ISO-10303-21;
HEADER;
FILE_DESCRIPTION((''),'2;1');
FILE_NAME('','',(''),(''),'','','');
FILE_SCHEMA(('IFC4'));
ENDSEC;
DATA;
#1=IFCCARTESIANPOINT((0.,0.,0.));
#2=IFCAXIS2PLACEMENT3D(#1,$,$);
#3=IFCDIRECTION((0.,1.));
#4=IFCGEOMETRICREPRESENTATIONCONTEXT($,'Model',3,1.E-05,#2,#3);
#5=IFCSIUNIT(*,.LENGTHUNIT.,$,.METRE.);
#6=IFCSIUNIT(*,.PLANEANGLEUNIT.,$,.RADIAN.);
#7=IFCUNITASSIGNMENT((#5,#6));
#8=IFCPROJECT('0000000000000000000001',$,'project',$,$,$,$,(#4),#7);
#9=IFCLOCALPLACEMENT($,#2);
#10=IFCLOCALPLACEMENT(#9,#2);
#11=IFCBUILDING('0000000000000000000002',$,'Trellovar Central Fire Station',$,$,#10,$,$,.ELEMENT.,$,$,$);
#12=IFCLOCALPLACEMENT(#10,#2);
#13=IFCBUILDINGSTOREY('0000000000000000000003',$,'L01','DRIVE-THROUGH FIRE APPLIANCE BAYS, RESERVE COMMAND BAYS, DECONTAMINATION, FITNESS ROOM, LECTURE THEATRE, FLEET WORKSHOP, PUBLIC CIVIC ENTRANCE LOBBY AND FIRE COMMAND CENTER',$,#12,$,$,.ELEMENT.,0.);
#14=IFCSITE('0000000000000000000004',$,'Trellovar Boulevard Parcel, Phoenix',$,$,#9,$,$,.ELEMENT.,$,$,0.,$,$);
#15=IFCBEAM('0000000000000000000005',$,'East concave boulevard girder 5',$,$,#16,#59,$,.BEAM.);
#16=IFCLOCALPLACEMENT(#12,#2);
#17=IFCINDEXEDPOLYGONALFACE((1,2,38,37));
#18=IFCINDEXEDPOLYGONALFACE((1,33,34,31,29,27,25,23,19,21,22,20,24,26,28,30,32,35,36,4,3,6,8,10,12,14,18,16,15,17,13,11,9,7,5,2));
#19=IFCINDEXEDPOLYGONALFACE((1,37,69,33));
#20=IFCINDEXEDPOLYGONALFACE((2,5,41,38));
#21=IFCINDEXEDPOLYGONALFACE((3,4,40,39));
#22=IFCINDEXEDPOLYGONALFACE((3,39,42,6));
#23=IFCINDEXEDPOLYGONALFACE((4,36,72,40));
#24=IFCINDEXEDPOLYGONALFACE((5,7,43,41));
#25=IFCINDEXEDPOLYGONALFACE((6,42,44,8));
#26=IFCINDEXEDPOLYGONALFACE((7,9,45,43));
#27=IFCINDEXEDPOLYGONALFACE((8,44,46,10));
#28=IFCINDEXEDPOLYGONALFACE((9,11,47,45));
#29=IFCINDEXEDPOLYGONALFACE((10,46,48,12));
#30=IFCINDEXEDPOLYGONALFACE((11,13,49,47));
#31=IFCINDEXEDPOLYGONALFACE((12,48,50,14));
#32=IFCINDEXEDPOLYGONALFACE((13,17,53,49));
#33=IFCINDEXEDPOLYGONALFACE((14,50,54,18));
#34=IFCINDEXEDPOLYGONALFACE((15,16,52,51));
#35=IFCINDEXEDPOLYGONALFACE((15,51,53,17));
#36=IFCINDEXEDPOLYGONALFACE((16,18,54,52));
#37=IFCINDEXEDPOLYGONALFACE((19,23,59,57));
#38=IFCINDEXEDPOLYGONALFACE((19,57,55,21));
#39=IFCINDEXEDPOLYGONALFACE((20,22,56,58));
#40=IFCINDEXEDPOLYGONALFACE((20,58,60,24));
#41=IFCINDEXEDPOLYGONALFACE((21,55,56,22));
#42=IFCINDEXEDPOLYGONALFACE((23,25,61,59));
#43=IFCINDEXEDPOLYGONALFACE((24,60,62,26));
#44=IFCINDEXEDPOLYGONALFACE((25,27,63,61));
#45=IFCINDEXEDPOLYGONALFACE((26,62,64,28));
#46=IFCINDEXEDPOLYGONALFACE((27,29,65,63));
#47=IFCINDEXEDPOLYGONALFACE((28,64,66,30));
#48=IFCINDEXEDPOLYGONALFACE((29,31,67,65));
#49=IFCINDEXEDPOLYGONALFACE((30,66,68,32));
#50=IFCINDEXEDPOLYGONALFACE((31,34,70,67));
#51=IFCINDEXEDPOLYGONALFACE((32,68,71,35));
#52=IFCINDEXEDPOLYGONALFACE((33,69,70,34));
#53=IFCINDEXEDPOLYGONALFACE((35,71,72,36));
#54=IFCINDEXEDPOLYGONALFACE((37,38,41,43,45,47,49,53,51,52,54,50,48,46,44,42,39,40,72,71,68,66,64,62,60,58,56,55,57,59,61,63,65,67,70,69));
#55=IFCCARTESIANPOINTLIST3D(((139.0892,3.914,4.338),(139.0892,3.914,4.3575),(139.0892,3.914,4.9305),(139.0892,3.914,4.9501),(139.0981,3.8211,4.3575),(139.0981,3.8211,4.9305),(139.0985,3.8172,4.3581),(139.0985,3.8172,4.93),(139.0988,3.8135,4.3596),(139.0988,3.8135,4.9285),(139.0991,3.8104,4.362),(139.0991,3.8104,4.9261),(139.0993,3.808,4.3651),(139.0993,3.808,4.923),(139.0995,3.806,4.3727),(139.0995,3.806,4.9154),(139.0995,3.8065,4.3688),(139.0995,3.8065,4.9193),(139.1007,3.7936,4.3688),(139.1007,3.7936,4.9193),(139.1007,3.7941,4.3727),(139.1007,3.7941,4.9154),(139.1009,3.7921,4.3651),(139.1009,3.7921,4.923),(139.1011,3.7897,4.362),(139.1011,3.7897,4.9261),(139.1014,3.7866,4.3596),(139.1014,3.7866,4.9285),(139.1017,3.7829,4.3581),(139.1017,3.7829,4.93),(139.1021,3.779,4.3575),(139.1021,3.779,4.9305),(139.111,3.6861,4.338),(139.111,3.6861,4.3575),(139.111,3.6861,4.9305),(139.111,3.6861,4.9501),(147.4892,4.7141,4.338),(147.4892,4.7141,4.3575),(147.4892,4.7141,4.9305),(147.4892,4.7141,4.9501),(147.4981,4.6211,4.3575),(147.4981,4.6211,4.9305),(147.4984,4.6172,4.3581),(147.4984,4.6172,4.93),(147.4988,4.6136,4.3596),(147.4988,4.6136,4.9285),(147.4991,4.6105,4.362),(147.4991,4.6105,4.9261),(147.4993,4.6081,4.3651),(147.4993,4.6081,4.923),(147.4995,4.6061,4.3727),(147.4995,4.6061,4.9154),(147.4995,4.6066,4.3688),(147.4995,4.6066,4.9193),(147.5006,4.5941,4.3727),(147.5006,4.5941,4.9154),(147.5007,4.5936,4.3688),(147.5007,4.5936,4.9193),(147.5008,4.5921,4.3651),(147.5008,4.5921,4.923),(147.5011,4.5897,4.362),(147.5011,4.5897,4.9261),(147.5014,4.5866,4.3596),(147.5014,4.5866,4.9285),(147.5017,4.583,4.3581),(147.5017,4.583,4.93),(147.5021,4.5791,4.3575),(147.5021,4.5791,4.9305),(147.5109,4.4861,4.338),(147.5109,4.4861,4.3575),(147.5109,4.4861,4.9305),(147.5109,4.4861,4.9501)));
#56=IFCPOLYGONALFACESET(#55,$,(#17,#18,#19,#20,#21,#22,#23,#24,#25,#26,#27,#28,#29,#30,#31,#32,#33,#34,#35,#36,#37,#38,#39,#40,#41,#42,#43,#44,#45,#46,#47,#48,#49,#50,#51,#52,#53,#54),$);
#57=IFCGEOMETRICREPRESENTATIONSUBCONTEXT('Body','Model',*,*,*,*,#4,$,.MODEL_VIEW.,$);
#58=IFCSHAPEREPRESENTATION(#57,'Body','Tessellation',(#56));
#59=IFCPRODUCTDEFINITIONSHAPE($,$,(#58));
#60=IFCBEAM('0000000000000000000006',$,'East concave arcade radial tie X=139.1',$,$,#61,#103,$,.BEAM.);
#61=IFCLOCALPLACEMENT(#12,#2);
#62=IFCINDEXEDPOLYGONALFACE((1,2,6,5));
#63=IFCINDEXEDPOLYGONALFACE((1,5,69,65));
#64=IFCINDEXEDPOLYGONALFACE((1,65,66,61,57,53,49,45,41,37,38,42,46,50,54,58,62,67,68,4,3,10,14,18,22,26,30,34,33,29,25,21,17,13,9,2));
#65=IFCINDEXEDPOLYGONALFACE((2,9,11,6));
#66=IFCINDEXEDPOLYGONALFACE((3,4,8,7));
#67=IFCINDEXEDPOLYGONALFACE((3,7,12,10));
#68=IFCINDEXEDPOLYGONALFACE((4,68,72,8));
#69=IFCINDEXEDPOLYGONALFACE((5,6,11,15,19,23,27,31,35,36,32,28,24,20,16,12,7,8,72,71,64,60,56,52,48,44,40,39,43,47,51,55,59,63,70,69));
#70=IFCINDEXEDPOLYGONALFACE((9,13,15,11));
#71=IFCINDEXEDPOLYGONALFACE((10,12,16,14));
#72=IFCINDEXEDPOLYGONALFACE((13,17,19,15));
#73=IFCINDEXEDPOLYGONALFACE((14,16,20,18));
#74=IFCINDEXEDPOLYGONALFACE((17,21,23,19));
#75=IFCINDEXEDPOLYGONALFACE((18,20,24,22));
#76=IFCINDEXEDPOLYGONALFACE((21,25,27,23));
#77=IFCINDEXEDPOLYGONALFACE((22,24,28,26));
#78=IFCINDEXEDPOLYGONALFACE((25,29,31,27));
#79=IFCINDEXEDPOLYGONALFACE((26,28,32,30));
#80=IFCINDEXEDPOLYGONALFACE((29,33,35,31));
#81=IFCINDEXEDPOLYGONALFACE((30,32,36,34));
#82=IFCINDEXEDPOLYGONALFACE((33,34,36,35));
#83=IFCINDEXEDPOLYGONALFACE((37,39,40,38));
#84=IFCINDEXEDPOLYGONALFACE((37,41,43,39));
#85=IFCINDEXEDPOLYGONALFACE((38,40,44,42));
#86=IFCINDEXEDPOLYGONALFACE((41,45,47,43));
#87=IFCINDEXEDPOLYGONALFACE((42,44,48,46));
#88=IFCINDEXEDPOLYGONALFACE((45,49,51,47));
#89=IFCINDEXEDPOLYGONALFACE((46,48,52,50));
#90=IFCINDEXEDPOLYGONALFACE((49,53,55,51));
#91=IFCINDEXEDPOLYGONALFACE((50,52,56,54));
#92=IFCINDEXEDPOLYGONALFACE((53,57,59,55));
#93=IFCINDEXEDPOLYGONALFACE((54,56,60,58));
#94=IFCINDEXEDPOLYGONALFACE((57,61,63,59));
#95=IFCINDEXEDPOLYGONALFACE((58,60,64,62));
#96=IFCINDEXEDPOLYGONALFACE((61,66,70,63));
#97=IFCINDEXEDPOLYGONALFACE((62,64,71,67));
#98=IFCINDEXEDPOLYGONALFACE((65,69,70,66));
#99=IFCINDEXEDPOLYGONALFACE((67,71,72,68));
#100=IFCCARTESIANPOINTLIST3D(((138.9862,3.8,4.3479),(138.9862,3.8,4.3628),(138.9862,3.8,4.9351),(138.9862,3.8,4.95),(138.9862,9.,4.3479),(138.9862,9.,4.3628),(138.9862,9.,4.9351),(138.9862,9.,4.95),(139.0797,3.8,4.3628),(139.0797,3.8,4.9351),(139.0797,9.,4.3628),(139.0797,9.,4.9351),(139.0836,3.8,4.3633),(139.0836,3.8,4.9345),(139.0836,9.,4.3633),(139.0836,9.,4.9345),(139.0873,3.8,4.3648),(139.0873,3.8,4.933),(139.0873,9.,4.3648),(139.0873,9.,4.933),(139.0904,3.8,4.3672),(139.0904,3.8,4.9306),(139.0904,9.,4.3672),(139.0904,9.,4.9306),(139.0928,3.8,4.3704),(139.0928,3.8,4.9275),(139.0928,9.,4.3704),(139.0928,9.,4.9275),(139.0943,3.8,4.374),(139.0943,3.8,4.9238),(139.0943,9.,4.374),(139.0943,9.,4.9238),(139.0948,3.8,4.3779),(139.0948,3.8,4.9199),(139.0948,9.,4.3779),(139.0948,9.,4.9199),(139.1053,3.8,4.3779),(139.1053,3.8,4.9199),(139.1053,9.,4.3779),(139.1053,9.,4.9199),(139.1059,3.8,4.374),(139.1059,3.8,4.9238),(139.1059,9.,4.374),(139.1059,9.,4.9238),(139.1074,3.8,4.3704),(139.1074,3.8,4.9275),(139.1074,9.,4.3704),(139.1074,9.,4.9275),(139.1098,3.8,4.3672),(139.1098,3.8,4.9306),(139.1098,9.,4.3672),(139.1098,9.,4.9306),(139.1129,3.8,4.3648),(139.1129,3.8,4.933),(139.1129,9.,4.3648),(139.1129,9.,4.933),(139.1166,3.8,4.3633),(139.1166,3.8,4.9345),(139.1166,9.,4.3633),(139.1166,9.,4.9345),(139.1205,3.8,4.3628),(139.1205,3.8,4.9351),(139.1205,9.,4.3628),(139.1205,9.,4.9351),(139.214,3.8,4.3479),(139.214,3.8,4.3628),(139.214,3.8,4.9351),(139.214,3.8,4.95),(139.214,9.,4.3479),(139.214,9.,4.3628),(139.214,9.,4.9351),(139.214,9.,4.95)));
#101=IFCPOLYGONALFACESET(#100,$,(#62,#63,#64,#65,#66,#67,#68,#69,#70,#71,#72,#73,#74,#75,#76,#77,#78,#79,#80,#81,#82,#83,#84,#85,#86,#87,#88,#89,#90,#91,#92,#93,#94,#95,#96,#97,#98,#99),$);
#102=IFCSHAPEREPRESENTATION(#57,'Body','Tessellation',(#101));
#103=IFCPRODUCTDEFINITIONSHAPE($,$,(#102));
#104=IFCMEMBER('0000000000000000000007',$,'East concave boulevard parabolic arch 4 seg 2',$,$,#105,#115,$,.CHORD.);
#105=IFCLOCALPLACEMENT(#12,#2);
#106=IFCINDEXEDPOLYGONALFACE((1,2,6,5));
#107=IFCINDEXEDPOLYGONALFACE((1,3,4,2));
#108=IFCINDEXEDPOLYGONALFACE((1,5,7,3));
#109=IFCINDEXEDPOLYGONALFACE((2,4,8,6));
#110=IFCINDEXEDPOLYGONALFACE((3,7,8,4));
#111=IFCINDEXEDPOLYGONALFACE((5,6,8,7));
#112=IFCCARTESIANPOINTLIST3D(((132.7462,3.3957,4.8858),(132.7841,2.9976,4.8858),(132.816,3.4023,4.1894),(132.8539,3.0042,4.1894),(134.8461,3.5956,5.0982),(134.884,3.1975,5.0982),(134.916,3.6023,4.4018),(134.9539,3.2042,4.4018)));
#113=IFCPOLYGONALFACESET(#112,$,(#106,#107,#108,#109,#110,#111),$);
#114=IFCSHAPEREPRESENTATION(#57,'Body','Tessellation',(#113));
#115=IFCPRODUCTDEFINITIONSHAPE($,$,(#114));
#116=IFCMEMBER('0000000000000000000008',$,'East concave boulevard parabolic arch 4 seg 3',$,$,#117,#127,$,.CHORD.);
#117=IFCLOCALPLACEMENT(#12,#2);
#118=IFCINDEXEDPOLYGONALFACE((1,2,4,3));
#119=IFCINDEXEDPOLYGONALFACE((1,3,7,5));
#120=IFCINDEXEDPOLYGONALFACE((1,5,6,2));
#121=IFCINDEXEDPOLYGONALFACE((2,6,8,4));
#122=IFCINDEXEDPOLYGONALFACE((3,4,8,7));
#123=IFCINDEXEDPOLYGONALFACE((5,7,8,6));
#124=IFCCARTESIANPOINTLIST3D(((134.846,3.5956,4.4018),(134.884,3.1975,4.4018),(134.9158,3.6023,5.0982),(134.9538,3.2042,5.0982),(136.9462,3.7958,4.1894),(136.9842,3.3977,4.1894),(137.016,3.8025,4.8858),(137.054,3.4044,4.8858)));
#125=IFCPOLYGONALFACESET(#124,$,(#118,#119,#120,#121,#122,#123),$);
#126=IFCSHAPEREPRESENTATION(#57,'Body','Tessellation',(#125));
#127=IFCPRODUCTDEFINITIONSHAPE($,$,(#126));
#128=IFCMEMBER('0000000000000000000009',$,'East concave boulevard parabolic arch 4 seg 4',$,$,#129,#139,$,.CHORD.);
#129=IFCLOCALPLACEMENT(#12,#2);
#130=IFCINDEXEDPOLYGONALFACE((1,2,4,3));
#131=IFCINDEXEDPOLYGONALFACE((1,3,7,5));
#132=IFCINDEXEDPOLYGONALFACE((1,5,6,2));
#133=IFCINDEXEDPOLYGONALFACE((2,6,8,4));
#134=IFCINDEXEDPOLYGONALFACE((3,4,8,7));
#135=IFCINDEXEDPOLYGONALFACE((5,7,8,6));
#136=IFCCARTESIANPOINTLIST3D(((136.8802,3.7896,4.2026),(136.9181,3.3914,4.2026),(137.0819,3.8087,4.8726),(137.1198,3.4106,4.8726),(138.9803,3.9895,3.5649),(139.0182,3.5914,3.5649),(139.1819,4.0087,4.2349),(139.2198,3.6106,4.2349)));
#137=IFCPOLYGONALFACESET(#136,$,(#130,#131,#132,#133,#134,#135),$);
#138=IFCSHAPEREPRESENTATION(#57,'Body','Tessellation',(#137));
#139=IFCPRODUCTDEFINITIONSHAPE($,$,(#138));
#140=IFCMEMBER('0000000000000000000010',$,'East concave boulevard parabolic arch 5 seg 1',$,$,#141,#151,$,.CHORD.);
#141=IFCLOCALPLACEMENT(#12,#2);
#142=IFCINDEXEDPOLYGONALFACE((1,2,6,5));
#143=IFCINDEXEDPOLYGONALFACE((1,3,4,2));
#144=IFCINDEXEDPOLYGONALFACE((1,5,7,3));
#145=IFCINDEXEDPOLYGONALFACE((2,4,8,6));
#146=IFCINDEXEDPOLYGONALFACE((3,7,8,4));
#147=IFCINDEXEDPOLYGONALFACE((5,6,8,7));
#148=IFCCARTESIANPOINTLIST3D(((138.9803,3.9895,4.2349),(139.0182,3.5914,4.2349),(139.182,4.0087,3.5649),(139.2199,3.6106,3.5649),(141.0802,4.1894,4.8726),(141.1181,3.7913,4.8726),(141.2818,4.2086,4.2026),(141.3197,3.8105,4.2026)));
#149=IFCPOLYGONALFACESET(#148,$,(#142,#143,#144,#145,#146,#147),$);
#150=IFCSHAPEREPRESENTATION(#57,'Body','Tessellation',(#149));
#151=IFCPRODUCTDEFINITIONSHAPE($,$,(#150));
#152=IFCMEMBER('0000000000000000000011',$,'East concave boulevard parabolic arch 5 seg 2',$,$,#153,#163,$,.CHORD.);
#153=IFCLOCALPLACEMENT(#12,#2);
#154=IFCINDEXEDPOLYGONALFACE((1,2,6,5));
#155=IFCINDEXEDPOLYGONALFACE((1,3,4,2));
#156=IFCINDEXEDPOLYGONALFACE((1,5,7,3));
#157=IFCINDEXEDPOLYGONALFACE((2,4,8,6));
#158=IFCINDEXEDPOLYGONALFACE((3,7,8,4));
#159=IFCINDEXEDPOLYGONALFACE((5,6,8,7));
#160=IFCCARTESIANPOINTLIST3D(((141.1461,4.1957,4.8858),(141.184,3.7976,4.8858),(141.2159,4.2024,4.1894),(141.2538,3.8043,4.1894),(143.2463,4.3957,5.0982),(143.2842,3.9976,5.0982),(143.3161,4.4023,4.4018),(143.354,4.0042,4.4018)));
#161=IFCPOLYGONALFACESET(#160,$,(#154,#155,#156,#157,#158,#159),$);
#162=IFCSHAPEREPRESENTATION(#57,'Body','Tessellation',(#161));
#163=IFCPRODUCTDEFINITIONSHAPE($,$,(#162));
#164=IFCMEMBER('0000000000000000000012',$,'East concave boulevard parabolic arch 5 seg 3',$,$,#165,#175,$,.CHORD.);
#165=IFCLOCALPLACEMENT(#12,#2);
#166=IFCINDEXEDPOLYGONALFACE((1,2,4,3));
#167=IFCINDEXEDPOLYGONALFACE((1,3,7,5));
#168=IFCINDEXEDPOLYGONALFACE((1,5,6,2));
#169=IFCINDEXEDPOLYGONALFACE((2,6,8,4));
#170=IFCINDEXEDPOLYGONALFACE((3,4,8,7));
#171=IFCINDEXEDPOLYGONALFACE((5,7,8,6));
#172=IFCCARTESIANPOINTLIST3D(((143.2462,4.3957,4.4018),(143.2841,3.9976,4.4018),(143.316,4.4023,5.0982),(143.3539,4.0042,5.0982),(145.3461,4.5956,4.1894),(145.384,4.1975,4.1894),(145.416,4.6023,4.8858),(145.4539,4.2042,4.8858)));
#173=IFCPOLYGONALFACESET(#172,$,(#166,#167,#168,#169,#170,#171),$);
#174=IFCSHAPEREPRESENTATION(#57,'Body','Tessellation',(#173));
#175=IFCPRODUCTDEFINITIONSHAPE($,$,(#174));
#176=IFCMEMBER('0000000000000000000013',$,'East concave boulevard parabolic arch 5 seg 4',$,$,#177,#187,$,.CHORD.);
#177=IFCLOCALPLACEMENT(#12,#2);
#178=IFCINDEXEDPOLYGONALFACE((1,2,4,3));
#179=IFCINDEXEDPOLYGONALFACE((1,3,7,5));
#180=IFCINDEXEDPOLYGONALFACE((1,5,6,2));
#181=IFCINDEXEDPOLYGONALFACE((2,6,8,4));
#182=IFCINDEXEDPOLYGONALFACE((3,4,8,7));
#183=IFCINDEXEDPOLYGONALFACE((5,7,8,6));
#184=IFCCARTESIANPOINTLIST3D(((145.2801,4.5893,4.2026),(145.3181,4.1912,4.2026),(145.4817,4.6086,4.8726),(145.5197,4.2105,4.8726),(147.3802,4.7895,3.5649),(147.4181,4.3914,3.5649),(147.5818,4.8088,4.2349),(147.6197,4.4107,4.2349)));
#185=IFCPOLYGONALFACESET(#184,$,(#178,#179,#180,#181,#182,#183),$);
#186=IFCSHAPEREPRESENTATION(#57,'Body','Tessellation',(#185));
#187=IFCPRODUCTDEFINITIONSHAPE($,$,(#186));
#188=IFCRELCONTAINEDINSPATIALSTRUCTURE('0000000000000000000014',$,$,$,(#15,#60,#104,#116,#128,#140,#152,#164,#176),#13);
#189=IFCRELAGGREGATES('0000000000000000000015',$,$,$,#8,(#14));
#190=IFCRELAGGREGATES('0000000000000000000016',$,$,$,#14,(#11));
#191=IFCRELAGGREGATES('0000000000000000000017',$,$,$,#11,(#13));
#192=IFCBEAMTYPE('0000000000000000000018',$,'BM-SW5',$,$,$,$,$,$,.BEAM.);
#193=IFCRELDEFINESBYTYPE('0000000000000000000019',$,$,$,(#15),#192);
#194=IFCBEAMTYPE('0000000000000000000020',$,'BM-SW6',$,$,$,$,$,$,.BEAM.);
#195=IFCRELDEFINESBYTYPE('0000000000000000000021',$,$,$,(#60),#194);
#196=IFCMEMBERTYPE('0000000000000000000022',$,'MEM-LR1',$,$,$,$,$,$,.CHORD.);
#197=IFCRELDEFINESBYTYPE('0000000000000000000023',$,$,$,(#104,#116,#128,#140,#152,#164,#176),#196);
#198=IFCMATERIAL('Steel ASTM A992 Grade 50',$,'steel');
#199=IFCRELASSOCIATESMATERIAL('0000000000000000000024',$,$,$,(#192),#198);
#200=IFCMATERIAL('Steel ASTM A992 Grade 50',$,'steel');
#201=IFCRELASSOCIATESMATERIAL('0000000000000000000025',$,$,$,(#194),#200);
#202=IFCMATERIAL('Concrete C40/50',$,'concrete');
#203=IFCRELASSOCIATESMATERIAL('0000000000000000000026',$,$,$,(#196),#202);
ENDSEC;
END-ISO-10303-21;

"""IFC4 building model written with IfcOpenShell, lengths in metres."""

from ifc_helpers import new_model, si_unit, direction, frame, origin, origin_2d, place, context, subcontext, project, spatial, rectangle, i_section, extrude, material, material_profile, profile_set, type_object, element, save


model = new_model("IFC4")

# Units and contexts
model_context = context("Model", 3, precision=1e-05, world=origin(), true_north=direction((0.0, 1.0)))
body_context = subcontext(model_context, "Body", "Model", "MODEL_VIEW")
ifc_project = project(units=[si_unit("LENGTHUNIT", "METRE"), si_unit("PLANEANGLEUNIT", "RADIAN")], contexts=[model_context])

# Site, building, storey
site_placement = place(None, origin())
site = spatial("IfcSite", under=ifc_project, at=site_placement, Name="Trellovar Boulevard Parcel, Phoenix", CompositionType="ELEMENT", RefElevation=0.0)
building_placement = place(site_placement, origin())
building = spatial("IfcBuilding", under=site, at=building_placement, Name="Trellovar Central Fire Station", CompositionType="ELEMENT")
storey_placement = place(building_placement, origin())
storey = spatial("IfcBuildingStorey", under=building, at=storey_placement, Name="L01", Description="DRIVE-THROUGH FIRE APPLIANCE BAYS, RESERVE COMMAND BAYS, DECONTAMINATION, FITNESS ROOM, LECTURE THEATRE, FLEET WORKSHOP, PUBLIC CIVIC ENTRANCE LOBBY AND FIRE COMMAND CENTER", CompositionType="ELEMENT", Elevation=0.0)

# Beams
ifc_material_1 = material(Name="Steel ASTM A992 Grade 50", Category="steel")
ifc_material_profile_1 = material_profile(ifc_material_1, i_section(OverallWidth=0.229, OverallDepth=0.6121, WebThickness=0.012, FlangeThickness=0.0195, FilletRadius=0.0151, at=origin_2d()), Name="W24X84")
ifc_profile_set_1 = profile_set([ifc_material_profile_1], Name="Steel ASTM A992 Grade 50")
beam_type_1 = type_object("IfcBeamType", Name="BM-SW5", PredefinedType="BEAM", material=ifc_profile_set_1)
beam_1_placement = place(storey_placement, frame((139.1001, 3.8, 4.644), z_axis=(0.995495, 0.094816, 0.0), x_axis=(-0.094816, 0.995495, 0.0)))
element("IfcBeam", 1, at=beam_1_placement, inside=storey, type_object=beam_type_1, Name="East concave boulevard girder 5", PredefinedType="BEAM", context=body_context, shape_type="SweptSolid", body=[
    extrude(i_section(OverallWidth=0.229, OverallDepth=0.6121, WebThickness=0.012, FlangeThickness=0.0195, FilletRadius=0.0151, at=origin_2d()), origin(), (0.0, 0.0, 1.0), 8.438),
])
ifc_material_2 = material(Name="Steel ASTM A992 Grade 50", Category="steel")
ifc_material_profile_2 = material_profile(ifc_material_2, i_section(OverallWidth=0.2278, OverallDepth=0.6021, WebThickness=0.0105, FlangeThickness=0.0149, FilletRadius=0.0151, at=origin_2d()), Name="W24X68")
ifc_profile_set_2 = profile_set([ifc_material_profile_2], Name="Steel ASTM A992 Grade 50")
beam_type_2 = type_object("IfcBeamType", Name="BM-SW6", PredefinedType="BEAM", material=ifc_profile_set_2)
beam_2_placement = place(storey_placement, frame((139.1001, 3.8, 4.6489), z_axis=(0.0, 1.0, 0.0), x_axis=(-1.0, 0.0, 0.0)))
element("IfcBeam", 2, at=beam_2_placement, inside=storey, type_object=beam_type_2, Name="East concave arcade radial tie X=139.1", PredefinedType="BEAM", context=body_context, shape_type="SweptSolid", body=[
    extrude(i_section(OverallWidth=0.2278, OverallDepth=0.6021, WebThickness=0.0105, FlangeThickness=0.0149, FilletRadius=0.0151, at=origin_2d()), origin(), (0.0, 0.0, 1.0), 5.2),
])

# Members
ifc_material_3 = material(Name="Concrete C40/50", Category="concrete")
ifc_material_profile_3 = material_profile(ifc_material_3, rectangle(XDim=0.3999, YDim=0.7, at=origin_2d()), Name="RC400X700")
ifc_profile_set_3 = profile_set([ifc_material_profile_3], Name="Concrete C40/50")
member_type_1 = type_object("IfcMemberType", Name="MEM-LR1", PredefinedType="CHORD", material=ifc_profile_set_3)
member_1_placement = place(storey_placement, frame((132.8, 3.2, 4.5376), z_axis=(0.990488, 0.094316, 0.100189), x_axis=(-0.094793, 0.995497, 0.0)))
element("IfcMember", 3, at=member_1_placement, inside=storey, type_object=member_type_1, Name="East concave boulevard parabolic arch 4 seg 2", PredefinedType="CHORD", context=body_context, shape_type="SweptSolid", body=[
    extrude(rectangle(XDim=0.3999, YDim=0.7, at=origin_2d()), origin(), (0.0, 0.0, 1.0), 2.1201),
])
member_2_placement = place(storey_placement, frame((134.8999, 3.3999, 4.75), z_axis=(0.99048, 0.094419, -0.100176), x_axis=(-0.094896, 0.995487, 0.0)))
element("IfcMember", 4, at=member_2_placement, inside=storey, type_object=member_type_1, Name="East concave boulevard parabolic arch 4 seg 3", PredefinedType="CHORD", context=body_context, shape_type="SweptSolid", body=[
    extrude(rectangle(XDim=0.3999, YDim=0.7, at=origin_2d()), origin(), (0.0, 0.0, 1.0), 2.1204),
])
member_3_placement = place(storey_placement, frame((137.0, 3.6001, 4.5376), z_axis=(0.952913, 0.090727, -0.289352), x_axis=(-0.094782, 0.995498, 0.0)))
element("IfcMember", 5, at=member_3_placement, inside=storey, type_object=member_type_1, Name="East concave boulevard parabolic arch 4 seg 4", PredefinedType="CHORD", context=body_context, shape_type="SweptSolid", body=[
    extrude(rectangle(XDim=0.3999, YDim=0.7, at=origin_2d()), origin(), (0.0, 0.0, 1.0), 2.2039),
])
member_4_placement = place(storey_placement, frame((139.1001, 3.8, 3.8999), z_axis=(0.952903, 0.090737, 0.289383), x_axis=(-0.094793, 0.995497, 0.0)))
element("IfcMember", 6, at=member_4_placement, inside=storey, type_object=member_type_1, Name="East concave boulevard parabolic arch 5 seg 1", PredefinedType="CHORD", context=body_context, shape_type="SweptSolid", body=[
    extrude(rectangle(XDim=0.3999, YDim=0.7, at=origin_2d()), origin(), (0.0, 0.0, 1.0), 2.2036),
])
member_5_placement = place(storey_placement, frame((141.2, 4.0, 4.5376), z_axis=(0.99049, 0.094305, 0.100177), x_axis=(-0.094782, 0.995498, 0.0)))
element("IfcMember", 7, at=member_5_placement, inside=storey, type_object=member_type_1, Name="East concave boulevard parabolic arch 5 seg 2", PredefinedType="CHORD", context=body_context, shape_type="SweptSolid", body=[
    extrude(rectangle(XDim=0.3999, YDim=0.7, at=origin_2d()), origin(), (0.0, 0.0, 1.0), 2.1204),
])
member_6_placement = place(storey_placement, frame((143.3, 4.2, 4.75), z_axis=(0.990488, 0.094316, -0.100189), x_axis=(-0.094793, 0.995497, 0.0)))
element("IfcMember", 8, at=member_6_placement, inside=storey, type_object=member_type_1, Name="East concave boulevard parabolic arch 5 seg 3", PredefinedType="CHORD", context=body_context, shape_type="SweptSolid", body=[
    extrude(rectangle(XDim=0.3999, YDim=0.7, at=origin_2d()), origin(), (0.0, 0.0, 1.0), 2.1201),
])
member_7_placement = place(storey_placement, frame((145.3999, 4.3999, 4.5376), z_axis=(0.952904, 0.090837, -0.28935), x_axis=(-0.094896, 0.995487, 0.0)))
element("IfcMember", 9, at=member_7_placement, inside=storey, type_object=member_type_1, Name="East concave boulevard parabolic arch 5 seg 4", PredefinedType="CHORD", context=body_context, shape_type="SweptSolid", body=[
    extrude(rectangle(XDim=0.3999, YDim=0.7, at=origin_2d()), origin(), (0.0, 0.0, 1.0), 2.2039),
])

save(model, "model.ifc")
